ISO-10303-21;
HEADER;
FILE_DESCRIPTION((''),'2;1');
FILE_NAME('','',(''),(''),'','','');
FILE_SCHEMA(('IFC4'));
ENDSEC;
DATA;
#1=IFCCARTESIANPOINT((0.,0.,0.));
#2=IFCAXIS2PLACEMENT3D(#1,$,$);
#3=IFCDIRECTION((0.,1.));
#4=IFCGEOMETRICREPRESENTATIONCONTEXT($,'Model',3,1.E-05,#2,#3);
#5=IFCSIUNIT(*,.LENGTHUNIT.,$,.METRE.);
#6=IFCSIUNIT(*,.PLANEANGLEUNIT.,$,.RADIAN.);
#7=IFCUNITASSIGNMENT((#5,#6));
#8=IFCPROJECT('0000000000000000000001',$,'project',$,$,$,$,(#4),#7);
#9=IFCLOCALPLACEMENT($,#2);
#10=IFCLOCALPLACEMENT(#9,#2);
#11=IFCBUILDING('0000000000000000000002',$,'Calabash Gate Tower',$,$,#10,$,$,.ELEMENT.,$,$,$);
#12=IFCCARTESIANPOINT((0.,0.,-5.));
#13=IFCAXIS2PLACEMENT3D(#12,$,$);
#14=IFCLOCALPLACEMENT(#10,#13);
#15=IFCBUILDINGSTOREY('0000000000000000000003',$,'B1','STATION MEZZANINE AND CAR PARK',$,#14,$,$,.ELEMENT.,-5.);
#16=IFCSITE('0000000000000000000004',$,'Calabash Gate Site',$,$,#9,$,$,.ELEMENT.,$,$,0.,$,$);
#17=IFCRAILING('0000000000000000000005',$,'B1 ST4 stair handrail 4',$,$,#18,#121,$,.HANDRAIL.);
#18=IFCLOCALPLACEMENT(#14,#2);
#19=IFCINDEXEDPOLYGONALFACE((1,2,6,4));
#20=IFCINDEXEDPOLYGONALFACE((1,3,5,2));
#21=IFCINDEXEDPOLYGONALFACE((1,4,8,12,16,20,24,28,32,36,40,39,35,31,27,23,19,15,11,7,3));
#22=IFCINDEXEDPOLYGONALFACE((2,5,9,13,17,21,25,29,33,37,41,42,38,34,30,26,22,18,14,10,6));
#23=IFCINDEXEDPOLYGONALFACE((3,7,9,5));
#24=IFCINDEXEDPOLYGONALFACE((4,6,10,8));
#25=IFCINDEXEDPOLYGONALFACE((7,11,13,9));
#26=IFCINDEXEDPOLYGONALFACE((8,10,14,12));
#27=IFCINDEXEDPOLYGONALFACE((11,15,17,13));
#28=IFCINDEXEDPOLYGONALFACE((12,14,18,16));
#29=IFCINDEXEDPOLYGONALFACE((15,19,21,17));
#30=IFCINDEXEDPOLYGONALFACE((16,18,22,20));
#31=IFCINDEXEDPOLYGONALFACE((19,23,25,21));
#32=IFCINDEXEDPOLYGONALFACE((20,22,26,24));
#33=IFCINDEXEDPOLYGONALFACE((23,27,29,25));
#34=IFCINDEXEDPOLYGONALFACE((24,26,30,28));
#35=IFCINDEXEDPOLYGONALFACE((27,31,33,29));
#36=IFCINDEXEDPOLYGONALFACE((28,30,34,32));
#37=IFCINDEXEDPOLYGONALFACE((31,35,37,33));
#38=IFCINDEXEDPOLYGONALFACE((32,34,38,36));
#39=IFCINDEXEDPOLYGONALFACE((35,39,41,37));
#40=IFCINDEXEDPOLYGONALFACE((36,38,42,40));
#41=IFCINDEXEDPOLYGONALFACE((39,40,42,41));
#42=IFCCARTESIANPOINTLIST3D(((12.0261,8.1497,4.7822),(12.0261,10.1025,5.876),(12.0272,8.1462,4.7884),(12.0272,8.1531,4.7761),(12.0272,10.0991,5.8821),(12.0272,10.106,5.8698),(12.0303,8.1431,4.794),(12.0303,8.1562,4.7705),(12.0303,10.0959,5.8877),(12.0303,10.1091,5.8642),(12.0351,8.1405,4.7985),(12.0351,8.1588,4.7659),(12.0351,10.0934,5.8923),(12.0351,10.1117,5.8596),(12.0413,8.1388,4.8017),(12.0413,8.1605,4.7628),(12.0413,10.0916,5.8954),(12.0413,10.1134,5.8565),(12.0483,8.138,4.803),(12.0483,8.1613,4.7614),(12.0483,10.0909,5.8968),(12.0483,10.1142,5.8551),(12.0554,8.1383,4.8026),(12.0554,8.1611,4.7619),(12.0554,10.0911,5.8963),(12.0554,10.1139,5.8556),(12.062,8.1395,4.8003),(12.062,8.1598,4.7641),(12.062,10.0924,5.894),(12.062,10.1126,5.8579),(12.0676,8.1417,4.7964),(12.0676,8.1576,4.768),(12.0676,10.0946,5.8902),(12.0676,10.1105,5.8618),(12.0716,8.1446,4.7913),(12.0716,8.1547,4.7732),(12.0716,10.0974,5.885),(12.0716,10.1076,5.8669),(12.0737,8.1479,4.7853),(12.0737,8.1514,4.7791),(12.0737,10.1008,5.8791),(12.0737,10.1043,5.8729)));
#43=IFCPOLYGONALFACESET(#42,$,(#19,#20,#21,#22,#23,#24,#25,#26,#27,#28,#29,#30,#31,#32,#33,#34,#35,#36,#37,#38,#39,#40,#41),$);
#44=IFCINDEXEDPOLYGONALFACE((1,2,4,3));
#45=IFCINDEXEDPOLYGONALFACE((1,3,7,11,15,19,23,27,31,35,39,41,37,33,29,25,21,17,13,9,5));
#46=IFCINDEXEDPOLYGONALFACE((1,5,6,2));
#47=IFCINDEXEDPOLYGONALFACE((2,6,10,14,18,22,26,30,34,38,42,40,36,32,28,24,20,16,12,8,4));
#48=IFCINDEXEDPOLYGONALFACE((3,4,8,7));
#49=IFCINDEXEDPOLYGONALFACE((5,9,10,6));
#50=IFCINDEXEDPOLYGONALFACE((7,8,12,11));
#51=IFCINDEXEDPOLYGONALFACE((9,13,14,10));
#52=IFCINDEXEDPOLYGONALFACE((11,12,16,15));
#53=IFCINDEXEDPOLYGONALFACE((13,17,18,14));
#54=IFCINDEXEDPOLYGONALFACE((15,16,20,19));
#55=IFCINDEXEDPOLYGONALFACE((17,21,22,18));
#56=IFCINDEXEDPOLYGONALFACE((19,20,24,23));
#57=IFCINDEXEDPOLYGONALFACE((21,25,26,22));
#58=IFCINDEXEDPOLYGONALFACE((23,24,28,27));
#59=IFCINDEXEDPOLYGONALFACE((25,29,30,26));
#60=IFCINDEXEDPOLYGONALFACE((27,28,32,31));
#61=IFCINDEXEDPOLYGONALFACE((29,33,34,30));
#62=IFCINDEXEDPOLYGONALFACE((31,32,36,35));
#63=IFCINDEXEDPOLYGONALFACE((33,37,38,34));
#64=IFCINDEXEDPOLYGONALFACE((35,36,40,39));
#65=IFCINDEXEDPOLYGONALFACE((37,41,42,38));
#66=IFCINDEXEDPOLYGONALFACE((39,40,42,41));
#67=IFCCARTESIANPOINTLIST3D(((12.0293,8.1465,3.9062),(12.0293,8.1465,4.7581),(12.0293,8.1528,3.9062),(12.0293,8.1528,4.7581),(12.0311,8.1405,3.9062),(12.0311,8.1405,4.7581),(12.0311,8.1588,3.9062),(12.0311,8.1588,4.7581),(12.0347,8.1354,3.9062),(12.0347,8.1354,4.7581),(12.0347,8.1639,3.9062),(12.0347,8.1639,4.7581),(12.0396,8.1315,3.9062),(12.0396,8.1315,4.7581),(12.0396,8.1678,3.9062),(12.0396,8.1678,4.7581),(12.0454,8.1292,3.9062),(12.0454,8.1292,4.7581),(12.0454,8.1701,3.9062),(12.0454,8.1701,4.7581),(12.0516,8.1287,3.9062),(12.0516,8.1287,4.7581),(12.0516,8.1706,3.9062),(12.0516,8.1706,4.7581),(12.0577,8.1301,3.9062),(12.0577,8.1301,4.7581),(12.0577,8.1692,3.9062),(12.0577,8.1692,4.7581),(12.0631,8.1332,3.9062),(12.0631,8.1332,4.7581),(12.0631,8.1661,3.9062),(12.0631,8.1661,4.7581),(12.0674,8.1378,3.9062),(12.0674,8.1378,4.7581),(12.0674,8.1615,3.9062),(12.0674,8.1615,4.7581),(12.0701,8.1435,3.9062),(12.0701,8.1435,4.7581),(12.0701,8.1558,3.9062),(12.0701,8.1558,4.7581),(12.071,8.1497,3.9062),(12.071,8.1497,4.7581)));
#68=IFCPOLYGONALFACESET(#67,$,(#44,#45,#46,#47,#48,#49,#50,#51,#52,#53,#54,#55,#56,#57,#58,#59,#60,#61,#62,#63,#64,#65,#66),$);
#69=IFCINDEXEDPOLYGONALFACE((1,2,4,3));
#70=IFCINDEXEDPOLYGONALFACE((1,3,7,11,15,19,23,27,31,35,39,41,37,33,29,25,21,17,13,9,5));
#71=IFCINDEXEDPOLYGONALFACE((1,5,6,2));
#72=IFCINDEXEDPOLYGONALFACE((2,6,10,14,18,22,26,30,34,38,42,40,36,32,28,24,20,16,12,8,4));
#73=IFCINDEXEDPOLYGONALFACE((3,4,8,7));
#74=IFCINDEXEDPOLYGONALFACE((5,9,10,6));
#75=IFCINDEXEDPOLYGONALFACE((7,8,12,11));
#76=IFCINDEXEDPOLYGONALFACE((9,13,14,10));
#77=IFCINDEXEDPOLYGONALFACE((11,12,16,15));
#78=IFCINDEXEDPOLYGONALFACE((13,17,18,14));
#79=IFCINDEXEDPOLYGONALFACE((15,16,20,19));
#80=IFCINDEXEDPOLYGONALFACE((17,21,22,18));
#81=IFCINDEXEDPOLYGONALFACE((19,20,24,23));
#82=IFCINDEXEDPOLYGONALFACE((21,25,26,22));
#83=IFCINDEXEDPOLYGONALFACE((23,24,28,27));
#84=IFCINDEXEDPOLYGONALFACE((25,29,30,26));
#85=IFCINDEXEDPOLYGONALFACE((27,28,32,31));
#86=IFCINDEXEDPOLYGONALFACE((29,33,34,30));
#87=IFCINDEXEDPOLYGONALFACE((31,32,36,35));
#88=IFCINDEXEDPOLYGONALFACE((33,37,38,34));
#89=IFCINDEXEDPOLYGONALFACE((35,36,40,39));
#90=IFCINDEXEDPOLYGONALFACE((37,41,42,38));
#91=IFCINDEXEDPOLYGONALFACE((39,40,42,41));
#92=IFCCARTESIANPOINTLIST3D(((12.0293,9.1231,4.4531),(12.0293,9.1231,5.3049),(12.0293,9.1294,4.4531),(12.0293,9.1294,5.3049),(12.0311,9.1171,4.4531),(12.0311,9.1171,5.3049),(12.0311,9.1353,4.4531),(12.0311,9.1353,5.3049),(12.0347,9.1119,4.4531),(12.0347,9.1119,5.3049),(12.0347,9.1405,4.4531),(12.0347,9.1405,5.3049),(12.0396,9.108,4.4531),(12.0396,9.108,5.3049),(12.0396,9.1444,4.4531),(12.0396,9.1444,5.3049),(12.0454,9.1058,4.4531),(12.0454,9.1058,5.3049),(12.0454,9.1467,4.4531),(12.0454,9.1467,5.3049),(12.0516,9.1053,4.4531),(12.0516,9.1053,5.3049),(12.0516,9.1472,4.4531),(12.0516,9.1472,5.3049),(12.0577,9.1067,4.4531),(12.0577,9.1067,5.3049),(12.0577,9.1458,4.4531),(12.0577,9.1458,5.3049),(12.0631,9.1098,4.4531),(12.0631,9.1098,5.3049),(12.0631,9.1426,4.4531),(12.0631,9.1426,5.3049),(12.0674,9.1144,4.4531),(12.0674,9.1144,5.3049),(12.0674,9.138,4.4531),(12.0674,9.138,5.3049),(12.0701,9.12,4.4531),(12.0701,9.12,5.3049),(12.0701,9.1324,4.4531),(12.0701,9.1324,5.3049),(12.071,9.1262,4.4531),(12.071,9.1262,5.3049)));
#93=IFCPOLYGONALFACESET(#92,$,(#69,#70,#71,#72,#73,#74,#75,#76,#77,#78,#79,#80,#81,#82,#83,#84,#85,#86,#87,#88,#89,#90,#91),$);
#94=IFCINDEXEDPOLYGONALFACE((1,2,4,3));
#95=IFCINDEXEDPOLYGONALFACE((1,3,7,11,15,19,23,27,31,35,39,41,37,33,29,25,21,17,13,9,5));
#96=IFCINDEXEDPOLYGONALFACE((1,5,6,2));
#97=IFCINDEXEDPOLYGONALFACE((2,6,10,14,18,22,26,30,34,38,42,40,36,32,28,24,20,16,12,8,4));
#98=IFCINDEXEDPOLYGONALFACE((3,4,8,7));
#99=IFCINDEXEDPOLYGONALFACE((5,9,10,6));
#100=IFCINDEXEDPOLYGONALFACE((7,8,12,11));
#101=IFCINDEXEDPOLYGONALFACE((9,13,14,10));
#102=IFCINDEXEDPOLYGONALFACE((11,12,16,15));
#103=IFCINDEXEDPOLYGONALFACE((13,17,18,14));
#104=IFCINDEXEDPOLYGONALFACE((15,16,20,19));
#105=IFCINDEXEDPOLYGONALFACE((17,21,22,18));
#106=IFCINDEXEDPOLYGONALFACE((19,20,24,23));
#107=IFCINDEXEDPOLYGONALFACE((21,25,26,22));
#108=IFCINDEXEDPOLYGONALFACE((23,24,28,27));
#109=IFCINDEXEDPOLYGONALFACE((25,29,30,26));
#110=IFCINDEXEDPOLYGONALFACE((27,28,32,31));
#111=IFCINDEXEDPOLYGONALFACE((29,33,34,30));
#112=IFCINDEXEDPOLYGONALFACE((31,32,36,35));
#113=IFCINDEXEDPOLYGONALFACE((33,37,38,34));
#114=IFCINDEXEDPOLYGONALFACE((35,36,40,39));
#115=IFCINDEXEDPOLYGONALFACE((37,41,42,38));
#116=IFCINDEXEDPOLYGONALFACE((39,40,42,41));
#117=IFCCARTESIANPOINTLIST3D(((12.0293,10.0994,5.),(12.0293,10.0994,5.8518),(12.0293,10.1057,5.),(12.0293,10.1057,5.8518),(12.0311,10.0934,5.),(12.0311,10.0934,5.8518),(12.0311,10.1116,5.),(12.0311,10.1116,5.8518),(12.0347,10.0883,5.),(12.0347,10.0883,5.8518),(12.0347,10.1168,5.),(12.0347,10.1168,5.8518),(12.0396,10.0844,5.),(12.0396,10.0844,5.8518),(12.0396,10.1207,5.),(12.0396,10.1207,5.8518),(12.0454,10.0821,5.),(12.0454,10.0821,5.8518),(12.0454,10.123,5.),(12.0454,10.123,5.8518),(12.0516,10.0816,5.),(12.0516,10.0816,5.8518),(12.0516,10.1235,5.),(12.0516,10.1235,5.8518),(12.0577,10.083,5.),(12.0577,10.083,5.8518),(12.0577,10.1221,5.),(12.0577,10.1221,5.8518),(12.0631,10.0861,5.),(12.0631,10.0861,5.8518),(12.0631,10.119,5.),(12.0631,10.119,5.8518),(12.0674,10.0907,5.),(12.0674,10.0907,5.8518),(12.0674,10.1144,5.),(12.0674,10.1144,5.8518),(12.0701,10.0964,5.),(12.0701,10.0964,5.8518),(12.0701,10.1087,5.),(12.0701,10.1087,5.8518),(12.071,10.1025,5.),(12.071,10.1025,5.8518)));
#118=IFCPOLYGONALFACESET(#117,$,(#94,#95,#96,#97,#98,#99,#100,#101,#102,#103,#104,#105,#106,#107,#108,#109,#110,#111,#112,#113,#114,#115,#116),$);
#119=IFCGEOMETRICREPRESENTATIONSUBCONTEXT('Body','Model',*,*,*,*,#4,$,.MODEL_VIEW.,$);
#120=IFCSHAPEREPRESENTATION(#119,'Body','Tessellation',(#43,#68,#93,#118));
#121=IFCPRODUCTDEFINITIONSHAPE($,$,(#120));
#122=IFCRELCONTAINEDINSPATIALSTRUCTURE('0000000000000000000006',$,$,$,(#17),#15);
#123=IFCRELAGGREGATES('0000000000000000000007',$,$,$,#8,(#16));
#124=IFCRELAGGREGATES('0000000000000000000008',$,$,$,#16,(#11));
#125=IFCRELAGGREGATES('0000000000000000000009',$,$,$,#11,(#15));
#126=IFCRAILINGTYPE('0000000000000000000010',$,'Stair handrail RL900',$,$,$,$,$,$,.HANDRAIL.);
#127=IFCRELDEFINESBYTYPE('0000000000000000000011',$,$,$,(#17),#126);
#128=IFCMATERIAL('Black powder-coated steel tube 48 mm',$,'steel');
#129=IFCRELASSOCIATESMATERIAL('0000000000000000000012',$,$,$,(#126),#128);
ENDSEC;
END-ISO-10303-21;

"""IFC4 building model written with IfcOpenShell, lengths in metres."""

from ifc_helpers import new_model, si_unit, direction, frame, origin, origin_2d, place, context, subcontext, project, spatial, circle, extrude, material, type_object, element, save


model = new_model("IFC4")

# Units and contexts
model_context = context("Model", 3, precision=1e-05, world=origin(), true_north=direction((0.0, 1.0)))
body_context = subcontext(model_context, "Body", "Model", "MODEL_VIEW")
ifc_project = project(units=[si_unit("LENGTHUNIT", "METRE"), si_unit("PLANEANGLEUNIT", "RADIAN")], contexts=[model_context])

# Site, building, storey
site_placement = place(None, origin())
site = spatial("IfcSite", under=ifc_project, at=site_placement, Name="Calabash Gate Site", CompositionType="ELEMENT", RefElevation=0.0)
building_placement = place(site_placement, origin())
building = spatial("IfcBuilding", under=site, at=building_placement, Name="Calabash Gate Tower", CompositionType="ELEMENT")
storey_placement = place(building_placement, frame((0.0, 0.0, -5.0)))
storey = spatial("IfcBuildingStorey", under=building, at=storey_placement, Name="B1", Description="STATION MEZZANINE AND CAR PARK", CompositionType="ELEMENT", Elevation=-5.0)

# Railing
ifc_material_1 = material(Name="Black powder-coated steel tube 48 mm", Category="steel")
railing_type_1 = type_object("IfcRailingType", Name="Stair handrail RL900", PredefinedType="HANDRAIL", material=ifc_material_1)
railing_1_placement = place(storey_placement, frame((12.05, 8.1497, 3.9062)))
element("IfcRailing", 1, at=railing_1_placement, inside=storey, type_object=railing_type_1, Name="B1 ST4 stair handrail 4", PredefinedType="HANDRAIL", context=body_context, shape_type="SweptSolid", body=[
    extrude(circle(Radius=0.0239, at=origin_2d()), frame((0.0, 0.0, 0.876), z_axis=(0.0, 0.87248, 0.48865), x_axis=(-1.0, 0.0, 0.0)), (0.0, 0.0, 1.0), 2.2383),
    extrude(circle(Radius=0.021, at=origin_2d()), origin(), (0.0, 0.0, 1.0), 0.8518),
    extrude(circle(Radius=0.021, at=origin_2d()), frame((0.0, 0.9766, 0.5469)), (0.0, 0.0, 1.0), 0.8518),
    extrude(circle(Radius=0.021, at=origin_2d()), frame((0.0, 1.9529, 1.0938)), (0.0, 0.0, 1.0), 0.8518),
])

save(model, "model.ifc")
